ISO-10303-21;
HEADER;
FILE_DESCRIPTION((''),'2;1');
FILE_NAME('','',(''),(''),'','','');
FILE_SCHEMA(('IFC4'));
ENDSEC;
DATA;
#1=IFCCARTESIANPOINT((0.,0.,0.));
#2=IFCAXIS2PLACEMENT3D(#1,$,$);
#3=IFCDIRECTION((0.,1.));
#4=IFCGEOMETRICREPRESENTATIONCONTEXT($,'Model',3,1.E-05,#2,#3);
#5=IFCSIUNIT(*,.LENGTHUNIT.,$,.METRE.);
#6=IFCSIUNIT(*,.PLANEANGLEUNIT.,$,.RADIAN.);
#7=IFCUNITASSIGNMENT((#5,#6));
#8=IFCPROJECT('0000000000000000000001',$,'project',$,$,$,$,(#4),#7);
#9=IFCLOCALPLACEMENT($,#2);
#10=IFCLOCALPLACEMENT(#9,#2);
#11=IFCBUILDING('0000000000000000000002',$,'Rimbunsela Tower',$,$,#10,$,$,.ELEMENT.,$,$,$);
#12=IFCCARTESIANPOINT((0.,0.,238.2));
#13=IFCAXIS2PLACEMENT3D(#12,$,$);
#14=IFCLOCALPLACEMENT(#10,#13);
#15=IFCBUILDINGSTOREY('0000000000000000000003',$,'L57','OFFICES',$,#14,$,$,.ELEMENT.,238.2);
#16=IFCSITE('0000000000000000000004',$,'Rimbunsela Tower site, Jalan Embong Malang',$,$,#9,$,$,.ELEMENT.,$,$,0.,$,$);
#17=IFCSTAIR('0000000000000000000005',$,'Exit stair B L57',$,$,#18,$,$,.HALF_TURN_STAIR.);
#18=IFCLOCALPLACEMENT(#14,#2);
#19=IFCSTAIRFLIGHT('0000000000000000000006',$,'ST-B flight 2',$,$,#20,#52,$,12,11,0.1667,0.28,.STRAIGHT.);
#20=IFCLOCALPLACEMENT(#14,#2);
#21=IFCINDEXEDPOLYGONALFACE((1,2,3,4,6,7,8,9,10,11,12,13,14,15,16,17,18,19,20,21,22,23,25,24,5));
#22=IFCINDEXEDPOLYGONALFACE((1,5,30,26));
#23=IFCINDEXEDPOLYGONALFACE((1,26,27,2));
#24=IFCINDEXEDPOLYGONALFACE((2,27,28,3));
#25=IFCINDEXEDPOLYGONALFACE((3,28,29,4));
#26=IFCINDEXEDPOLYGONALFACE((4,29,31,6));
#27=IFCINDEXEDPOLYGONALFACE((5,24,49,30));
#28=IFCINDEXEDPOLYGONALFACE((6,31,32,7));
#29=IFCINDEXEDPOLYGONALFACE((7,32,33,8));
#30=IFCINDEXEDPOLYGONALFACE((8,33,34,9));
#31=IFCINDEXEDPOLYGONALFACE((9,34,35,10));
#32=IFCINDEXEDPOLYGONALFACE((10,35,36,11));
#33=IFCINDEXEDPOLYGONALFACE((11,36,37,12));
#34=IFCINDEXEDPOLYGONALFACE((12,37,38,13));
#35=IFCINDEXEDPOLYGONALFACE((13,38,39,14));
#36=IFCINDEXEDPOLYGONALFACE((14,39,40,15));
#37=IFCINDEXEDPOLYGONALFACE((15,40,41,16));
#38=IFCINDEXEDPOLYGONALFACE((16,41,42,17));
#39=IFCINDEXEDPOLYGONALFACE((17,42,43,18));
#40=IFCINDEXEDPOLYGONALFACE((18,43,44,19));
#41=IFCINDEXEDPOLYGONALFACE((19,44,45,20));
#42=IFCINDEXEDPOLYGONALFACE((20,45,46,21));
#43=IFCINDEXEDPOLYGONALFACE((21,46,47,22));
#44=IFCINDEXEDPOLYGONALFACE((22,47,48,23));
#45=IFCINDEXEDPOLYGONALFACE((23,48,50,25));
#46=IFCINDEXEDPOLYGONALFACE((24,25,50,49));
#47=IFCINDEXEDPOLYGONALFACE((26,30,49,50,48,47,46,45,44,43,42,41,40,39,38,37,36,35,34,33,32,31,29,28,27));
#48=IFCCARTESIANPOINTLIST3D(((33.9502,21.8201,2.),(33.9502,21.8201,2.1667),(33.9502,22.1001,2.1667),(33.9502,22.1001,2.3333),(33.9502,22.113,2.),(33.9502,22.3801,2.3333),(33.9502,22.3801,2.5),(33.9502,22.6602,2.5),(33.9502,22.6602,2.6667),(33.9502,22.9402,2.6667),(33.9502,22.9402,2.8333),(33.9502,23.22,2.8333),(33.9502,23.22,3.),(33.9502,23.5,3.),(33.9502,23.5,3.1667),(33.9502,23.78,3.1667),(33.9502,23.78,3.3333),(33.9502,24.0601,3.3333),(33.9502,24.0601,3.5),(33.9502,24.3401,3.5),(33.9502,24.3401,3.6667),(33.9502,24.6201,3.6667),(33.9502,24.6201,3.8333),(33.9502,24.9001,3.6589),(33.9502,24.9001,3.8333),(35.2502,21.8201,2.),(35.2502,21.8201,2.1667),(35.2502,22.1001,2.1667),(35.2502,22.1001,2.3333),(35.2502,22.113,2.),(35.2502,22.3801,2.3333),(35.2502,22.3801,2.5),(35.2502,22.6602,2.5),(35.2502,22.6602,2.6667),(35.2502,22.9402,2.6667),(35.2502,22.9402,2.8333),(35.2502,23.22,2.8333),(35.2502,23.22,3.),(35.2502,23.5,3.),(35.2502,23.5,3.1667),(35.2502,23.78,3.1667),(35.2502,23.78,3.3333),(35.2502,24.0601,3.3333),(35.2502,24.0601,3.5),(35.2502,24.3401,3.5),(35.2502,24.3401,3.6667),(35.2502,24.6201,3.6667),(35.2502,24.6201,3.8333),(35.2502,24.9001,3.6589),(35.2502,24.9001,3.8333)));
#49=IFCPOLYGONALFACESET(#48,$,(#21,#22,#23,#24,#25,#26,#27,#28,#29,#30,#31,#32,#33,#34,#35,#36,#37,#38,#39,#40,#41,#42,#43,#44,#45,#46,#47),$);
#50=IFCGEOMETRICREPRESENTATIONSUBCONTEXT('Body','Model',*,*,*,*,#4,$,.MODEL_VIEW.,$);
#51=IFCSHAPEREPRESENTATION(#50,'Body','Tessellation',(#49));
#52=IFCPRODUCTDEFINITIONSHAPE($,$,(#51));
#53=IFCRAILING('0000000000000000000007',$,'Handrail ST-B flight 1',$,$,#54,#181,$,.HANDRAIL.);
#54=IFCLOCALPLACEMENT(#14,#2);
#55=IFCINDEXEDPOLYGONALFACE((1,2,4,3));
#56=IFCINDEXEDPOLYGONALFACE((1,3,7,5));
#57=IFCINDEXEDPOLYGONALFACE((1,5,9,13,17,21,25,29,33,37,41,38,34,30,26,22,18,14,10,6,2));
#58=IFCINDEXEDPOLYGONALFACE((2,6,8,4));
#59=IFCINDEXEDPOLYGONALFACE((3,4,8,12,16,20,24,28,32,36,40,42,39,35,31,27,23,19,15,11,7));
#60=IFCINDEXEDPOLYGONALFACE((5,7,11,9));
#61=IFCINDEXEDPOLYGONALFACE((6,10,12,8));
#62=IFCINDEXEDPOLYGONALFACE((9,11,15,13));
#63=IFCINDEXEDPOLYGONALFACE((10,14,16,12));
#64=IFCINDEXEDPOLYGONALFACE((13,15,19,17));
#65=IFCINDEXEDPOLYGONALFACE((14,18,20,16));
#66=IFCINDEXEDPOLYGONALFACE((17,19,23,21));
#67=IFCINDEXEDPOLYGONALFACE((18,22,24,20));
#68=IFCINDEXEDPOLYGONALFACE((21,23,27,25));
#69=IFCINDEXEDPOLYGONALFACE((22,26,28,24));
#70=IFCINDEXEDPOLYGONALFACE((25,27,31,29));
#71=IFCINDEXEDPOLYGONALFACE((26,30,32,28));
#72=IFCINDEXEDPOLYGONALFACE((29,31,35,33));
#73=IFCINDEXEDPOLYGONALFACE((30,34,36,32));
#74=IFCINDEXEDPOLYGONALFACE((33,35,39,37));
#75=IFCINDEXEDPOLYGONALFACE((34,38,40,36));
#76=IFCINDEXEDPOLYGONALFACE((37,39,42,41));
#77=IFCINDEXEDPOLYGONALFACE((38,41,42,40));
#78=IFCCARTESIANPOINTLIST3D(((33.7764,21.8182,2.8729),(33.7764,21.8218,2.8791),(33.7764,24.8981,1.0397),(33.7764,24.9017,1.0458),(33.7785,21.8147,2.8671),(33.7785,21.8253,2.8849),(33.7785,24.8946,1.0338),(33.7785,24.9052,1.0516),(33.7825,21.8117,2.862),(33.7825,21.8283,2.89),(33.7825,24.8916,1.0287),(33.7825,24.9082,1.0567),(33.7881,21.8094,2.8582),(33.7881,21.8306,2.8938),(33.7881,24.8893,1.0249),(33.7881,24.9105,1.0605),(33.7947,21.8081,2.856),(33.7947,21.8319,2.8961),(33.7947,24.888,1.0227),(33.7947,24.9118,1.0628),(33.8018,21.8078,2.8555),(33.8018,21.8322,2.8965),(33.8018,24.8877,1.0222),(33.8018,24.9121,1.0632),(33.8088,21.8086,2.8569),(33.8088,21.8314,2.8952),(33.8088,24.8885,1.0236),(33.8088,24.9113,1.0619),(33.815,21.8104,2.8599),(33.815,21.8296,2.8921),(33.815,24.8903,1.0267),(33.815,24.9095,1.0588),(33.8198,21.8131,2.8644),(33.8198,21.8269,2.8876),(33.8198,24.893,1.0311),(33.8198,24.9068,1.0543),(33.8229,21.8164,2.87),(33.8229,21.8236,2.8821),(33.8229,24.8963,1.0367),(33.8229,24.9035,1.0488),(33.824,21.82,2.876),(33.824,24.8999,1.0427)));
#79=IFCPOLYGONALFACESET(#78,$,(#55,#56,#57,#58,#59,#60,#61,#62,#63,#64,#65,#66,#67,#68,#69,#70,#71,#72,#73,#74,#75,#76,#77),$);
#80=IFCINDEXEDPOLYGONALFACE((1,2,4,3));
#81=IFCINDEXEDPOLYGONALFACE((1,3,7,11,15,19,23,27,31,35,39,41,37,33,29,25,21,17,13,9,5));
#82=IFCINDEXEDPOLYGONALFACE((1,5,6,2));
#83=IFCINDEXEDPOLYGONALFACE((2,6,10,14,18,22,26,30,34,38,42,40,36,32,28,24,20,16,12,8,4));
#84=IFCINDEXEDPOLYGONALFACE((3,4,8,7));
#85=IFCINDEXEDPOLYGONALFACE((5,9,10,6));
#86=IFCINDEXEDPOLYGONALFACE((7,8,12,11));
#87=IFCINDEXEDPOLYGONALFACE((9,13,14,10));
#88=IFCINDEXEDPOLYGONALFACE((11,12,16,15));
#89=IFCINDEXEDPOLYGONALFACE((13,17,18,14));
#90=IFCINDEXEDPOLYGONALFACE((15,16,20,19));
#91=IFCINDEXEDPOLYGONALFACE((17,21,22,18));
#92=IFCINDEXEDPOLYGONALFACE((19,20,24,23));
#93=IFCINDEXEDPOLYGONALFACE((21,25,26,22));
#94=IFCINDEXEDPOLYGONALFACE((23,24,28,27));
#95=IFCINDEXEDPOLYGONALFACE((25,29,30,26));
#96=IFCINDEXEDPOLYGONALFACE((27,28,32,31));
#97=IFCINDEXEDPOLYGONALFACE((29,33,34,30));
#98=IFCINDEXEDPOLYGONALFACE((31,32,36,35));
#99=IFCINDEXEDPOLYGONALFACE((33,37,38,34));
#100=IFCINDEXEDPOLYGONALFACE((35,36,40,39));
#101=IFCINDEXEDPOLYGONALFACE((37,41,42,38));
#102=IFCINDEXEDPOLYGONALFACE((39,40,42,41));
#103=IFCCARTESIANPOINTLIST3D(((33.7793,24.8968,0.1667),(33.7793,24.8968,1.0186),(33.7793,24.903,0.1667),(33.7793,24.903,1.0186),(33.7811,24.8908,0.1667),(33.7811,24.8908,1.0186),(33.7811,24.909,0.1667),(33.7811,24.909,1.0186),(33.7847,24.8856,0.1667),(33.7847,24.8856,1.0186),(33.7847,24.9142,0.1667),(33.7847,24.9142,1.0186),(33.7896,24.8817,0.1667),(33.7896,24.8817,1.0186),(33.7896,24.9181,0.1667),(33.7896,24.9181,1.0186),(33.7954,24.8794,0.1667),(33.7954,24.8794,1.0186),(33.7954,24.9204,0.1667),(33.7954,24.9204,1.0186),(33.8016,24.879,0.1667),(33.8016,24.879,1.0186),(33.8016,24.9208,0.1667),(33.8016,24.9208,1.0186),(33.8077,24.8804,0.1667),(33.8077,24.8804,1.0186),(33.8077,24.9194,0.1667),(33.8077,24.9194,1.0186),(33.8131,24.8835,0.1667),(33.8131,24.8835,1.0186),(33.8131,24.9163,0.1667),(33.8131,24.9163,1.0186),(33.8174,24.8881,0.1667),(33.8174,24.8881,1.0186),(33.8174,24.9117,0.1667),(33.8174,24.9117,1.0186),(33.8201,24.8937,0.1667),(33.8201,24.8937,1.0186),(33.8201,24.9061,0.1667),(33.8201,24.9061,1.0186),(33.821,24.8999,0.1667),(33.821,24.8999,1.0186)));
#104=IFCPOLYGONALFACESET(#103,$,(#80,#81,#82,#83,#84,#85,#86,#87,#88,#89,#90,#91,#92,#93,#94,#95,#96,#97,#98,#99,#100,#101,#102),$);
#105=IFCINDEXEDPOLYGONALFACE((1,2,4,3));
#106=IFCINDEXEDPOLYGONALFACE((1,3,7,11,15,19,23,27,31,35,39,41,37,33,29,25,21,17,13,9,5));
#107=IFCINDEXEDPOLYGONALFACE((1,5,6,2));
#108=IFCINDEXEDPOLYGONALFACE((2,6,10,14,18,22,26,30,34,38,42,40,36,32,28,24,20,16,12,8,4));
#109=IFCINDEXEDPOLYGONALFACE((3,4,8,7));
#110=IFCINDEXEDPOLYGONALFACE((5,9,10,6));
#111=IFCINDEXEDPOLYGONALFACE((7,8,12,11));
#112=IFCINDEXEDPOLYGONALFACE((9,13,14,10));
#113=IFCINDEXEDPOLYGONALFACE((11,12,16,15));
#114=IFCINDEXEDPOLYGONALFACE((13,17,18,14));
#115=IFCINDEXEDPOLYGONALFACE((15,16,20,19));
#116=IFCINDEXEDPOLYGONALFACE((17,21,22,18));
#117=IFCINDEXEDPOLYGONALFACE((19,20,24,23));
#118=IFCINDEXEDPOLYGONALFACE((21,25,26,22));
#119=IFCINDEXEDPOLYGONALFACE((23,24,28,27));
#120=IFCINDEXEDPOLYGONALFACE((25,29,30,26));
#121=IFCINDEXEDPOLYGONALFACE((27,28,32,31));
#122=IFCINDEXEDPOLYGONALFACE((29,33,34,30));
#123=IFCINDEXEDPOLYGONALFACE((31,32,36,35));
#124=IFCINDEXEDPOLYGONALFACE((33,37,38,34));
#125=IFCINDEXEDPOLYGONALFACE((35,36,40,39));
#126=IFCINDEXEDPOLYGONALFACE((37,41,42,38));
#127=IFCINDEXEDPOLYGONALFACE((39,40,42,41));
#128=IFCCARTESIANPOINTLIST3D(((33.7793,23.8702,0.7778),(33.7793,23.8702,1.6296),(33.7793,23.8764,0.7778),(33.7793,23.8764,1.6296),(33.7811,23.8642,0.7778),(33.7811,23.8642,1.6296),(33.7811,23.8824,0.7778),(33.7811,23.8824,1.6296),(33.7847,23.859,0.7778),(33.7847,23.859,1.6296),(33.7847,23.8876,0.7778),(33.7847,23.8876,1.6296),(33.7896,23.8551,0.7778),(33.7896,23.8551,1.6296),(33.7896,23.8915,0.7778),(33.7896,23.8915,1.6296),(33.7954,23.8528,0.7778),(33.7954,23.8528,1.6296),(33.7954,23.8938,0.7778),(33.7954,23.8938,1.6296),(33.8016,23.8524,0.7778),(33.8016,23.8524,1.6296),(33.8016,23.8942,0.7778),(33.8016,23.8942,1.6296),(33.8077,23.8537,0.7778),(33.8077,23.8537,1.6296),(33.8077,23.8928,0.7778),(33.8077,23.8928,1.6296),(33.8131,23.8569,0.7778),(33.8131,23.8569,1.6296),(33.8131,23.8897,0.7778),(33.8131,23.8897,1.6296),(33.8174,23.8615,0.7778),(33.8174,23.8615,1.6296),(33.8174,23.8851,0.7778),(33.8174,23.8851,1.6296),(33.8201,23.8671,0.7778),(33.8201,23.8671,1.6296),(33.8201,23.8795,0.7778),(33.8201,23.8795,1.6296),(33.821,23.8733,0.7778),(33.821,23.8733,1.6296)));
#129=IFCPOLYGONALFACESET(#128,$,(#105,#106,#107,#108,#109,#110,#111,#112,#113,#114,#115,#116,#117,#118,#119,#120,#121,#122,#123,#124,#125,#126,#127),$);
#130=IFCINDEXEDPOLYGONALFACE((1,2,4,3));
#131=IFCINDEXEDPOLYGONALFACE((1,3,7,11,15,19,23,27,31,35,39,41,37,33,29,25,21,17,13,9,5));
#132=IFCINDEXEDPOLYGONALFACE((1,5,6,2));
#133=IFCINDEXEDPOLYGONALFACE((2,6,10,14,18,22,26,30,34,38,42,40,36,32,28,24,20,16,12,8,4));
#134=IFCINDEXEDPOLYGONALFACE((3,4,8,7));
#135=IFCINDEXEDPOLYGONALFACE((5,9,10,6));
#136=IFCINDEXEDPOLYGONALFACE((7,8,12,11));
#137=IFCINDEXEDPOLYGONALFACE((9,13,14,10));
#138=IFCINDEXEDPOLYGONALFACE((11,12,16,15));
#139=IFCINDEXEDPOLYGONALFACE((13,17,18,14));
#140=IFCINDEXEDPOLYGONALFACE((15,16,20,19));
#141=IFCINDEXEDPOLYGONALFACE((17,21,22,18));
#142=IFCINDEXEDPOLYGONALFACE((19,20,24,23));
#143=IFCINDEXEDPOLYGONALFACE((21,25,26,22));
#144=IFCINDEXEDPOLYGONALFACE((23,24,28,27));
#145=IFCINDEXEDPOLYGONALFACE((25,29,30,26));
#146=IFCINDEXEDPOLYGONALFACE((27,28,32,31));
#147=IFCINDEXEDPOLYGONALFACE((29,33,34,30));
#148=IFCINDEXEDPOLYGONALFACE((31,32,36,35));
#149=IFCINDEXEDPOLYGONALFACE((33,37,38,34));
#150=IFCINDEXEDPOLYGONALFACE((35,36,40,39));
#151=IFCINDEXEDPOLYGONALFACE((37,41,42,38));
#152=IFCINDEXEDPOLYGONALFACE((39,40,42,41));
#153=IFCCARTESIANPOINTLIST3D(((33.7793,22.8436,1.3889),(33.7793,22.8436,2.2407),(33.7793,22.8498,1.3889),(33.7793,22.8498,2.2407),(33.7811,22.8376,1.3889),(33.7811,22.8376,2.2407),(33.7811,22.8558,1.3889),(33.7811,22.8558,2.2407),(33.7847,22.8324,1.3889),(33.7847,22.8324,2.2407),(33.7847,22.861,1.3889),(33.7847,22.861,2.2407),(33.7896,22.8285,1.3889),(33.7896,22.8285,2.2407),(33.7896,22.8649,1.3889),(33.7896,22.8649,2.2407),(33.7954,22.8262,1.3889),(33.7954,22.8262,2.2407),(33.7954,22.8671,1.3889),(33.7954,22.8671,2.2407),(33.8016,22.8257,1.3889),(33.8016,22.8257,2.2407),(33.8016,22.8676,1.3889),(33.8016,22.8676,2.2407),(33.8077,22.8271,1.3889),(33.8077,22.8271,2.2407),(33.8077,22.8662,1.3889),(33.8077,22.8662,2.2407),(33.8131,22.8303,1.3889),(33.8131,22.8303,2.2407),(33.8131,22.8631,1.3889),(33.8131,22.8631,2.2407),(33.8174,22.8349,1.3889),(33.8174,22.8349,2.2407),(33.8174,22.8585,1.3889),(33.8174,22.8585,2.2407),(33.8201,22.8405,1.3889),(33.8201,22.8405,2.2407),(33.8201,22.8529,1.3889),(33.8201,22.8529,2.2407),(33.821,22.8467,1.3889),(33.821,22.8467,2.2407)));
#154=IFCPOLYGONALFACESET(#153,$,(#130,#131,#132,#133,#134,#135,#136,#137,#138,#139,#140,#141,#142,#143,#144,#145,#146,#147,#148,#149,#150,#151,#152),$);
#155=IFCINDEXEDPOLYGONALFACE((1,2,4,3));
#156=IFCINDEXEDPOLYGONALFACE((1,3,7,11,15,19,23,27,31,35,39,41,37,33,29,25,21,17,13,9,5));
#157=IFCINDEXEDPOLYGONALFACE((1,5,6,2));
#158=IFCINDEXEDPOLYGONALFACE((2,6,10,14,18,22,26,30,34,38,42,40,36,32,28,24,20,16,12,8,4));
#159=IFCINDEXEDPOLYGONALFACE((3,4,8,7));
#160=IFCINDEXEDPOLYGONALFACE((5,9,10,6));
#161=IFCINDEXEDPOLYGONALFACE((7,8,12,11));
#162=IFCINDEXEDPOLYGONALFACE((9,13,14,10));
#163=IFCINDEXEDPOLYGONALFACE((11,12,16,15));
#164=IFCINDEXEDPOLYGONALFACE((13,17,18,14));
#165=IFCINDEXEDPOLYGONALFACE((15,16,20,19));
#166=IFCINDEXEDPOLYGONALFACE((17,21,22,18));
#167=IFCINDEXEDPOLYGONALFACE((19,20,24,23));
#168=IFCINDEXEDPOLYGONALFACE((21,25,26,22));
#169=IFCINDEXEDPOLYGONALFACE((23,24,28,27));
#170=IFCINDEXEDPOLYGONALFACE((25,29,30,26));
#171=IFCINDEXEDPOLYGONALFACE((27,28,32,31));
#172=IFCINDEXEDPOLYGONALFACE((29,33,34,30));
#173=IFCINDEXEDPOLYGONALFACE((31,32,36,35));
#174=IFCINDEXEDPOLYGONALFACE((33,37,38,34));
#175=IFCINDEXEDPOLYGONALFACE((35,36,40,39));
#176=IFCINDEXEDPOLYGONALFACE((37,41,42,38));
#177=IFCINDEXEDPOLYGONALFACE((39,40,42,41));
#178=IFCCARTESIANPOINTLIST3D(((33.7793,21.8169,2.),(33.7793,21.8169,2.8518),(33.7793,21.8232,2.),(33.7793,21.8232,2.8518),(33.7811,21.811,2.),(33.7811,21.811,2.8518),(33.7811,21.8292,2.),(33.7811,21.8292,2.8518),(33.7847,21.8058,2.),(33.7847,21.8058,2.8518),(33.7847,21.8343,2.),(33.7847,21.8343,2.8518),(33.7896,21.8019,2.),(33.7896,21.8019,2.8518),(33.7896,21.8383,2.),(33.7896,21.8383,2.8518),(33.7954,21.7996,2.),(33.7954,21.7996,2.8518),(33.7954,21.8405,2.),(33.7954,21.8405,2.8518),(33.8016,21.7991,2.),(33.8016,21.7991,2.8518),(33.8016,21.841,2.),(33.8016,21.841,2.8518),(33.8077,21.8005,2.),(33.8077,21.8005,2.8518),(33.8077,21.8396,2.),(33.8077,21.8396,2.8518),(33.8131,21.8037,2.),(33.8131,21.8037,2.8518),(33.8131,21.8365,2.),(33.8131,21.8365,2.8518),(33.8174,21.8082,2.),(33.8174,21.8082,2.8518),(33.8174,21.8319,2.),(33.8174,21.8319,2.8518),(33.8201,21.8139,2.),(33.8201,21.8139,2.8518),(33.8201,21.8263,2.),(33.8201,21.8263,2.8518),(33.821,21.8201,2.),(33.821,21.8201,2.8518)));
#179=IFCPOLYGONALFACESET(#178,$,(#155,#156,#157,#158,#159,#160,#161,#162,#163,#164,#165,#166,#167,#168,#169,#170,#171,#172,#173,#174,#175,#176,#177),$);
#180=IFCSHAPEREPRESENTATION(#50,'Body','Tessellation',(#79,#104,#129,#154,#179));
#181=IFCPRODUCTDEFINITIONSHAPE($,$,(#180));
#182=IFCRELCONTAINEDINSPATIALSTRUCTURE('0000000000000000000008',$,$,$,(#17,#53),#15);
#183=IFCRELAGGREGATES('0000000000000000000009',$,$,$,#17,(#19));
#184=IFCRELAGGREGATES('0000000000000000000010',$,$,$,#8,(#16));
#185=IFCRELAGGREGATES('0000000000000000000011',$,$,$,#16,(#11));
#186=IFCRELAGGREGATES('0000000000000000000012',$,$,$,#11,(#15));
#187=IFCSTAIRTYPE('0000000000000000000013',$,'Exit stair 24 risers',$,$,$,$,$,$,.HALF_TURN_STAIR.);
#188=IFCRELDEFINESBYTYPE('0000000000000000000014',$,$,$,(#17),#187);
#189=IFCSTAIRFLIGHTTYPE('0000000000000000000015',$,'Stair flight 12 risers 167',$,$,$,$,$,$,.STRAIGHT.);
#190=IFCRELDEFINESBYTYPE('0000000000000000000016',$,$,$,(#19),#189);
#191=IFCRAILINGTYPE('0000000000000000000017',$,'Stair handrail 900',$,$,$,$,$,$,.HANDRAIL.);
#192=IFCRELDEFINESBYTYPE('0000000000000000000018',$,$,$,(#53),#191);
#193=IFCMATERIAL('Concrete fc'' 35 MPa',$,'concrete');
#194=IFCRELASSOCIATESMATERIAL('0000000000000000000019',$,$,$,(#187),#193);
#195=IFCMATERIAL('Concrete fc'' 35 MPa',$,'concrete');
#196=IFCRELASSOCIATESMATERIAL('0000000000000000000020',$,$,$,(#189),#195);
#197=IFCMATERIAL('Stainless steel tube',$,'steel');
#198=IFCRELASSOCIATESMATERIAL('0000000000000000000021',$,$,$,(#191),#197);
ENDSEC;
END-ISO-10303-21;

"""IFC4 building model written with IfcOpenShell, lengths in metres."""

from ifc_helpers import new_model, si_unit, direction, frame, origin, origin_2d, place, context, subcontext, project, spatial, polyline, circle, outline, extrude, material, type_object, element, aggregate, save


model = new_model("IFC4")

# Units and contexts
model_context = context("Model", 3, precision=1e-05, world=origin(), true_north=direction((0.0, 1.0)))
body_context = subcontext(model_context, "Body", "Model", "MODEL_VIEW")
ifc_project = project(units=[si_unit("LENGTHUNIT", "METRE"), si_unit("PLANEANGLEUNIT", "RADIAN")], contexts=[model_context])

# Site, building, storey
site_placement = place(None, origin())
site = spatial("IfcSite", under=ifc_project, at=site_placement, Name="Rimbunsela Tower site, Jalan Embong Malang", CompositionType="ELEMENT", RefElevation=0.0)
building_placement = place(site_placement, origin())
building = spatial("IfcBuilding", under=site, at=building_placement, Name="Rimbunsela Tower", CompositionType="ELEMENT")
storey_placement = place(building_placement, frame((0.0, 0.0, 238.2)))
storey = spatial("IfcBuildingStorey", under=building, at=storey_placement, Name="L57", Description="OFFICES", CompositionType="ELEMENT", Elevation=238.2)

# Stair, stair flight
ifc_material_1 = material(Name="Concrete fc' 35 MPa", Category="concrete")
stair_type = type_object("IfcStairType", Name="Exit stair 24 risers", PredefinedType="HALF_TURN_STAIR", material=ifc_material_1)
stair_placement = place(storey_placement, origin())
stair = element("IfcStair", 1, at=stair_placement, inside=storey, type_object=stair_type, Name="Exit stair B L57", PredefinedType="HALF_TURN_STAIR")
ifc_material_2 = material(Name="Concrete fc' 35 MPa", Category="concrete")
stair_flight_type = type_object("IfcStairFlightType", Name="Stair flight 12 risers 167", PredefinedType="STRAIGHT", material=ifc_material_2)
stair_flight_1_placement = place(storey_placement, frame((34.6001, 21.8201, 2.0), z_axis=(0.0, 0.0, 1.0), x_axis=(0.0, 1.0, 0.0)))
stair_flight_1 = element("IfcStairFlight", 2, at=stair_flight_1_placement, type_object=stair_flight_type, Name="ST-B flight 2", NumberOfRisers=12, NumberOfTreads=11, PredefinedType="STRAIGHT", RiserHeight=0.1667, TreadLength=0.28, context=body_context, shape_type="SweptSolid", body=[
    extrude(outline(polyline([(0.0, 0.0), (0.0, 0.1667), (0.28, 0.1667), (0.28, 0.3333), (0.5601, 0.3333), (0.5601, 0.5), (0.8401, 0.5), (0.8401, 0.6667), (1.1201, 0.6667), (1.1201, 0.8333), (1.3999, 0.8333), (1.3999, 1.0), (1.6799, 1.0), (1.6799, 1.1667), (1.96, 1.1667), (1.96, 1.3333), (2.24, 1.3333), (2.24, 1.5), (2.52, 1.5), (2.52, 1.6667), (2.8, 1.6667), (2.8, 1.8333), (3.0801, 1.8333), (3.0801, 2.0), (3.0801, 1.6589), (0.293, 0.0), (0.0, 0.0)])), frame((0.0, 0.6499, 0.0), z_axis=(0.0, -1.0, 0.0), x_axis=(1.0, 0.0, 0.0)), (0.0, 0.0, 1.0), 1.3),
])
aggregate(stair, [stair_flight_1])

# Railing
ifc_material_3 = material(Name="Stainless steel tube", Category="steel")
railing_type = type_object("IfcRailingType", Name="Stair handrail 900", PredefinedType="HANDRAIL", material=ifc_material_3)
railing_1_placement = place(storey_placement, frame((33.8, 24.8999, 0.1667)))
element("IfcRailing", 3, at=railing_1_placement, inside=storey, type_object=railing_type, Name="Handrail ST-B flight 1", PredefinedType="HANDRAIL", context=body_context, shape_type="SweptSolid", body=[
    extrude(circle(Radius=0.0239, at=origin_2d()), frame((0.0, 0.0, 0.876), z_axis=(0.0, -0.859291, 0.511487), x_axis=(1.0, 0.0, 0.0)), (0.0, 0.0, 1.0), 3.5842),
    extrude(circle(Radius=0.021, at=origin_2d()), origin(), (0.0, 0.0, 1.0), 0.8518),
    extrude(circle(Radius=0.021, at=origin_2d()), frame((0.0, -1.0266, 0.6111)), (0.0, 0.0, 1.0), 0.8518),
    extrude(circle(Radius=0.021, at=origin_2d()), frame((0.0, -2.0532, 1.2222)), (0.0, 0.0, 1.0), 0.8518),
    extrude(circle(Radius=0.021, at=origin_2d()), frame((0.0, -3.0798, 1.8333)), (0.0, 0.0, 1.0), 0.8518),
])

save(model, "model.ifc")
